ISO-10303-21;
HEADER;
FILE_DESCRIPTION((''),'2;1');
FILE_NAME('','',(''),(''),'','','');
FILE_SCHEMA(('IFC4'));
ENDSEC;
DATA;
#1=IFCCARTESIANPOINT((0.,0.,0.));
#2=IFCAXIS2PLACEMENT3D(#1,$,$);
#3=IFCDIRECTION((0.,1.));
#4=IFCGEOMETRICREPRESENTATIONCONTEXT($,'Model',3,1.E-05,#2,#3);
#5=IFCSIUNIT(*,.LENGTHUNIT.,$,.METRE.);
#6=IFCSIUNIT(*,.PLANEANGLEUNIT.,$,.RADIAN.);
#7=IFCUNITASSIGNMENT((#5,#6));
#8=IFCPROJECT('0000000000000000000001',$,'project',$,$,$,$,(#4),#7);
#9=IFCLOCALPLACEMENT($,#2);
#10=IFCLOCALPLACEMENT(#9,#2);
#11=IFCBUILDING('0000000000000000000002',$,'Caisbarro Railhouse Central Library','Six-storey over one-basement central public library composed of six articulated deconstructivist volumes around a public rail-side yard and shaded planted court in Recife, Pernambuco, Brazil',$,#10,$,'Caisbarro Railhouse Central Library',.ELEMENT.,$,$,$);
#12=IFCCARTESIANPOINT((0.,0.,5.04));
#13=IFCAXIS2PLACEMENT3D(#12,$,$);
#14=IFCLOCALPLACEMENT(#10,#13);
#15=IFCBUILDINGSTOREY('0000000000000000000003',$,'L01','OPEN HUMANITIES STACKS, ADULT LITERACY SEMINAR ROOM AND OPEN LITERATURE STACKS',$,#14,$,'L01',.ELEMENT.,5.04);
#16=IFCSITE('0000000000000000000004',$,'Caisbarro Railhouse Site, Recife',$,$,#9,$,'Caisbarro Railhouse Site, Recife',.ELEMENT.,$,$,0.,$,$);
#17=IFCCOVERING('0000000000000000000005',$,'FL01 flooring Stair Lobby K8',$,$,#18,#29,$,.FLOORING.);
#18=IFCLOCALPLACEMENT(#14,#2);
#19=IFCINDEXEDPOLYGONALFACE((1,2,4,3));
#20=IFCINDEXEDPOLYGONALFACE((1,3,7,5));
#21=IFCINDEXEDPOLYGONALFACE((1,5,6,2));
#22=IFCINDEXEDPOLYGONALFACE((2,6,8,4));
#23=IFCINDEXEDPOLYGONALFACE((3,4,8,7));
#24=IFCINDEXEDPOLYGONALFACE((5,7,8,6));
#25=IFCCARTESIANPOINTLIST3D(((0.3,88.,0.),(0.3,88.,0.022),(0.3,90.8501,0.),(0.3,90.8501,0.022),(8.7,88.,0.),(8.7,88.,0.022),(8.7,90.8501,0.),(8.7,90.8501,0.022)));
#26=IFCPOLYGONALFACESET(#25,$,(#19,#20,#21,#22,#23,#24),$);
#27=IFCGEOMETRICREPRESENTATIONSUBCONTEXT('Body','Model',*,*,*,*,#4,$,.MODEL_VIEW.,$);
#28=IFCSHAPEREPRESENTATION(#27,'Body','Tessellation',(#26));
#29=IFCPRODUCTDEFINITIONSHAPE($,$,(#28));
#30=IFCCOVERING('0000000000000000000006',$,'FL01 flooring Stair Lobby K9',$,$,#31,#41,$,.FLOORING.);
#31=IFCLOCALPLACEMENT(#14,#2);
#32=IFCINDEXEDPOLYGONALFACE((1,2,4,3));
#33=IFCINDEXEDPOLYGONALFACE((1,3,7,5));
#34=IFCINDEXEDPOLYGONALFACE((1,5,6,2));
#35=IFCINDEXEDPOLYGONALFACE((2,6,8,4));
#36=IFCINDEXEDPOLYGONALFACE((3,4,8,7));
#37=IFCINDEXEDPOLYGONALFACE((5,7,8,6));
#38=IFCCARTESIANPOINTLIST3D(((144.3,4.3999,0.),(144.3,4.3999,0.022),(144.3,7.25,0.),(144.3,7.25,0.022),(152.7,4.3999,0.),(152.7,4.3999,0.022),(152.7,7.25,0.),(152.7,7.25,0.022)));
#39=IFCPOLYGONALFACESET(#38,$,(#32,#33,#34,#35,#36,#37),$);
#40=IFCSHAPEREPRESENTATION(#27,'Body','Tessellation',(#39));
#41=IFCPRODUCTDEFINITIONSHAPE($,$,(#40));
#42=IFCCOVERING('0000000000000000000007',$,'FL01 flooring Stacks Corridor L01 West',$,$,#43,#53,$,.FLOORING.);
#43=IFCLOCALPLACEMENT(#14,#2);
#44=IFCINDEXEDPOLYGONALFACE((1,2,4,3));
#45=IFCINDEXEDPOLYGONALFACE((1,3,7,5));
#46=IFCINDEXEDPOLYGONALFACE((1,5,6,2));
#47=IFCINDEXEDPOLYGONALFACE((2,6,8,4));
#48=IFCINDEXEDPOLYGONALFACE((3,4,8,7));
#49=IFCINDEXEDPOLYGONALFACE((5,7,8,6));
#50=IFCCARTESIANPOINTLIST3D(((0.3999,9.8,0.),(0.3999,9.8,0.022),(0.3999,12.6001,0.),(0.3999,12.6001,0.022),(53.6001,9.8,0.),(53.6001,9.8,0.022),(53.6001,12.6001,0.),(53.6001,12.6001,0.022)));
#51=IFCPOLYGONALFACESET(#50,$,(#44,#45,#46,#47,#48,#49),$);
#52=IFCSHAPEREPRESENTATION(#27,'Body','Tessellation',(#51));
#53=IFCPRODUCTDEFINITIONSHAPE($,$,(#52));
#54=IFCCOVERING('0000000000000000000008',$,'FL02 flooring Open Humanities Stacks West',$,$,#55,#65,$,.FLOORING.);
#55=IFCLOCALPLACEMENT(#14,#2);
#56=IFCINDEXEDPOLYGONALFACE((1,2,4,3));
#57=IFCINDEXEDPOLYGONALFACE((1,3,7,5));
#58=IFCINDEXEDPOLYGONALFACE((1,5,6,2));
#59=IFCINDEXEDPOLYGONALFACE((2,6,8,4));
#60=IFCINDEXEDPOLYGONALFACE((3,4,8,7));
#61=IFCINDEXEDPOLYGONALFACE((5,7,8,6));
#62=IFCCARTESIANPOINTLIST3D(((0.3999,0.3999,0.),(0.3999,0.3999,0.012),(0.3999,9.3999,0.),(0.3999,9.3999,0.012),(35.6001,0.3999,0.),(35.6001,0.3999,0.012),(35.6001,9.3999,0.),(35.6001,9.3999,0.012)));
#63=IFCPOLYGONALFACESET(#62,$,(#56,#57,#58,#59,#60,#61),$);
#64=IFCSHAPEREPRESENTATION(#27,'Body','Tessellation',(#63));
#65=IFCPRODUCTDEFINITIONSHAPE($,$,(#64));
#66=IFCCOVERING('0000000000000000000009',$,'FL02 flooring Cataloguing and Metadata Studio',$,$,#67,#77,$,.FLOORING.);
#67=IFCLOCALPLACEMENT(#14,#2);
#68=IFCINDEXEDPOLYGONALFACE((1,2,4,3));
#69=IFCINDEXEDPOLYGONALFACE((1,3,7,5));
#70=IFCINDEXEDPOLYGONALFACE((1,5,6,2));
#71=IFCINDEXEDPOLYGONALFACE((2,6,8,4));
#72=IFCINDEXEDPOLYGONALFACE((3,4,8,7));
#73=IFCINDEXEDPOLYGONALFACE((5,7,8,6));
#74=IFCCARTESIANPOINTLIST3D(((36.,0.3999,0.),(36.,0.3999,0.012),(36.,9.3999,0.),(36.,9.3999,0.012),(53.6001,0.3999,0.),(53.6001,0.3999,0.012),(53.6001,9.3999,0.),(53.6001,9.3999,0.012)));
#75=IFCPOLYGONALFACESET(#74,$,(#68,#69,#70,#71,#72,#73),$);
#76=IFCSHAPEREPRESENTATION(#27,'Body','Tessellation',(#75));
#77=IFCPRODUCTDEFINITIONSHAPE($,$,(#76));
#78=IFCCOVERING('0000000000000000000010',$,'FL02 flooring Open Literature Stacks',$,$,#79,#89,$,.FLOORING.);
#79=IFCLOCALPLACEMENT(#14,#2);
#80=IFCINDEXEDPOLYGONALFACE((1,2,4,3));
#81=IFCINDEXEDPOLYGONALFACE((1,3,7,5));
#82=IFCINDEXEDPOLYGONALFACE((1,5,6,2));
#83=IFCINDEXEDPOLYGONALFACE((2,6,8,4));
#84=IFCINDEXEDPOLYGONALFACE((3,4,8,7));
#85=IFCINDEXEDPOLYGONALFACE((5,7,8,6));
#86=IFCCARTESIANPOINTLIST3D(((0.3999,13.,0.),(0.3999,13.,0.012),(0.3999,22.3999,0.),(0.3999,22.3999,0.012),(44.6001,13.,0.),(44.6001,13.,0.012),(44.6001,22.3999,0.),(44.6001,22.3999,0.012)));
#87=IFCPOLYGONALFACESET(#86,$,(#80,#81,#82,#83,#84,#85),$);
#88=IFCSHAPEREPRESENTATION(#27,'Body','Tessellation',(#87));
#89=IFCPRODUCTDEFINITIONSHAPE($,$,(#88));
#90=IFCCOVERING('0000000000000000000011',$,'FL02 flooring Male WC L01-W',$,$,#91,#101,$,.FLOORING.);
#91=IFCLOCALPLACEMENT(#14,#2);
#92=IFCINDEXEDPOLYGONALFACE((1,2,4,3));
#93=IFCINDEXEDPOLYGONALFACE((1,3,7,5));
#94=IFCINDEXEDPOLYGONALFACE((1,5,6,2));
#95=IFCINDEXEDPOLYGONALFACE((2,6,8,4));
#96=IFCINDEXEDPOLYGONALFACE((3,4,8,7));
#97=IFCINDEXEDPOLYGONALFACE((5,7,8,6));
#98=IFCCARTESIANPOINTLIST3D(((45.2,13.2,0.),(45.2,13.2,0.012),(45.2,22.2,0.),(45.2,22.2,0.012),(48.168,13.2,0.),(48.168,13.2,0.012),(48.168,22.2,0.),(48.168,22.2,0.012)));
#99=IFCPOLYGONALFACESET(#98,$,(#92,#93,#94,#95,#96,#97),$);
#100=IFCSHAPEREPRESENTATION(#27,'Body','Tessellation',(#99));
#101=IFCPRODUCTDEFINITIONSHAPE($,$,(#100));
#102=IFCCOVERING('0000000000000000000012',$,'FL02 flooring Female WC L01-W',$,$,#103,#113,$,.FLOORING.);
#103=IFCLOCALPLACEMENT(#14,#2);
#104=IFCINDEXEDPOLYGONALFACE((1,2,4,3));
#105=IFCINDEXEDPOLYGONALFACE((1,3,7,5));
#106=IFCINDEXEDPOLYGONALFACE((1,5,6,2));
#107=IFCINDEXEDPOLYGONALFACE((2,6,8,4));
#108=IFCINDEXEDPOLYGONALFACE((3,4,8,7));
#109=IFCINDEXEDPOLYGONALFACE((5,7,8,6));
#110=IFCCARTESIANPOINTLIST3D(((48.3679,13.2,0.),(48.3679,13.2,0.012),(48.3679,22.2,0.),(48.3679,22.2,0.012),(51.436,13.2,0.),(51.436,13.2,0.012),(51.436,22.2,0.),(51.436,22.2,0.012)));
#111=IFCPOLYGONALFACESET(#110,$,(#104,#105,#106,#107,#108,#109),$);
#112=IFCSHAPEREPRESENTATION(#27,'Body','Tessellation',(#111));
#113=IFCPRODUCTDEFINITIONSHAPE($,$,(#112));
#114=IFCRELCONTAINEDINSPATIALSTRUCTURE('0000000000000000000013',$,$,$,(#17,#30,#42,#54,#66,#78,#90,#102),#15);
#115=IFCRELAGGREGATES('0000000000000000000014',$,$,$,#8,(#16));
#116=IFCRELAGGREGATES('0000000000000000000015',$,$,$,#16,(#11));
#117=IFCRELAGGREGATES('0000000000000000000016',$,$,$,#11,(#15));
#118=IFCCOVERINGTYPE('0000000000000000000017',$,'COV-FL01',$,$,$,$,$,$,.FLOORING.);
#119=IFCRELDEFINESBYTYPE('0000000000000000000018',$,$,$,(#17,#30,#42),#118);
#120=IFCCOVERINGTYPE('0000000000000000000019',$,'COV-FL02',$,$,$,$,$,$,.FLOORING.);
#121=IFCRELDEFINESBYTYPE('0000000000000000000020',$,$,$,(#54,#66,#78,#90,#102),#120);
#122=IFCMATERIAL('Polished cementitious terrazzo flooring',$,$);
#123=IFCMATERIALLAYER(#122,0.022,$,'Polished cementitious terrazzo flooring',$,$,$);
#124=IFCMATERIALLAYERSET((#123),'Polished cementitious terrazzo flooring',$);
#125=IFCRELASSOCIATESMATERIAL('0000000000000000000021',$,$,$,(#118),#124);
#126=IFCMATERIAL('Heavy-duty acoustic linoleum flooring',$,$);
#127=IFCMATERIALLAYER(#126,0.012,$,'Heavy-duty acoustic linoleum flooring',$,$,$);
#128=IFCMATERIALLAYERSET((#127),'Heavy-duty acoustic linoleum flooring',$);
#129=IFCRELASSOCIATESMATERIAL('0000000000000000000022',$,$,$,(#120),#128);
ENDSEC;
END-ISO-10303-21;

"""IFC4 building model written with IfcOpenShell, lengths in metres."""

from ifc_helpers import new_model, si_unit, direction, frame, origin, place, context, subcontext, project, spatial, polyline, outline, extrude, material, layer, layer_set, type_object, element, save


model = new_model("IFC4")

# Units and contexts
model_context = context("Model", 3, precision=1e-05, world=origin(), true_north=direction((0.0, 1.0)))
body_context = subcontext(model_context, "Body", "Model", "MODEL_VIEW")
ifc_project = project(units=[si_unit("LENGTHUNIT", "METRE"), si_unit("PLANEANGLEUNIT", "RADIAN")], contexts=[model_context])

# Site, building, storey
site_placement = place(None, origin())
site = spatial("IfcSite", under=ifc_project, at=site_placement, Name="Caisbarro Railhouse Site, Recife", LongName="Caisbarro Railhouse Site, Recife", CompositionType="ELEMENT", RefElevation=0.0)
building_placement = place(site_placement, origin())
building = spatial("IfcBuilding", under=site, at=building_placement, Name="Caisbarro Railhouse Central Library", Description="Six-storey over one-basement central public library composed of six articulated deconstructivist volumes around a public rail-side yard and shaded planted court in Recife, Pernambuco, Brazil", LongName="Caisbarro Railhouse Central Library", CompositionType="ELEMENT")
storey_placement = place(building_placement, frame((0.0, 0.0, 5.04)))
storey = spatial("IfcBuildingStorey", under=building, at=storey_placement, Name="L01", Description="OPEN HUMANITIES STACKS, ADULT LITERACY SEMINAR ROOM AND OPEN LITERATURE STACKS", LongName="L01", CompositionType="ELEMENT", Elevation=5.04)

# Coverings
ifc_material_1 = material(Name="Polished cementitious terrazzo flooring")
ifc_layer_1 = layer(ifc_material_1, 0.022, Name="Polished cementitious terrazzo flooring")
ifc_layer_set_1 = layer_set([ifc_layer_1], Name="Polished cementitious terrazzo flooring")
covering_type_1 = type_object("IfcCoveringType", Name="COV-FL01", PredefinedType="FLOORING", material=ifc_layer_set_1)
covering_1_placement = place(storey_placement, origin())
element("IfcCovering", 1, at=covering_1_placement, inside=storey, type_object=covering_type_1, Name="FL01 flooring Stair Lobby K8", PredefinedType="FLOORING", context=body_context, shape_type="SweptSolid", body=[
    extrude(outline(polyline([(0.3, 88.0), (8.7, 88.0), (8.7, 90.8501), (0.3, 90.8501), (0.3, 88.0)])), origin(), (0.0, 0.0, 1.0), 0.022),
])
covering_2_placement = place(storey_placement, origin())
element("IfcCovering", 2, at=covering_2_placement, inside=storey, type_object=covering_type_1, Name="FL01 flooring Stair Lobby K9", PredefinedType="FLOORING", context=body_context, shape_type="SweptSolid", body=[
    extrude(outline(polyline([(144.3, 4.3999), (152.7, 4.3999), (152.7, 7.25), (144.3, 7.25), (144.3, 4.3999)])), origin(), (0.0, 0.0, 1.0), 0.022),
])
covering_3_placement = place(storey_placement, origin())
element("IfcCovering", 3, at=covering_3_placement, inside=storey, type_object=covering_type_1, Name="FL01 flooring Stacks Corridor L01 West", PredefinedType="FLOORING", context=body_context, shape_type="SweptSolid", body=[
    extrude(outline(polyline([(0.3999, 9.8), (53.6001, 9.8), (53.6001, 12.6001), (0.3999, 12.6001), (0.3999, 9.8)])), origin(), (0.0, 0.0, 1.0), 0.022),
])
ifc_material_2 = material(Name="Heavy-duty acoustic linoleum flooring")
ifc_layer_2 = layer(ifc_material_2, 0.012, Name="Heavy-duty acoustic linoleum flooring")
ifc_layer_set_2 = layer_set([ifc_layer_2], Name="Heavy-duty acoustic linoleum flooring")
covering_type_2 = type_object("IfcCoveringType", Name="COV-FL02", PredefinedType="FLOORING", material=ifc_layer_set_2)
covering_4_placement = place(storey_placement, origin())
element("IfcCovering", 4, at=covering_4_placement, inside=storey, type_object=covering_type_2, Name="FL02 flooring Open Humanities Stacks West", PredefinedType="FLOORING", context=body_context, shape_type="SweptSolid", body=[
    extrude(outline(polyline([(0.3999, 0.3999), (35.6001, 0.3999), (35.6001, 9.3999), (0.3999, 9.3999), (0.3999, 0.3999)])), origin(), (0.0, 0.0, 1.0), 0.012),
])
covering_5_placement = place(storey_placement, origin())
element("IfcCovering", 5, at=covering_5_placement, inside=storey, type_object=covering_type_2, Name="FL02 flooring Cataloguing and Metadata Studio", PredefinedType="FLOORING", context=body_context, shape_type="SweptSolid", body=[
    extrude(outline(polyline([(36.0, 0.3999), (53.6001, 0.3999), (53.6001, 9.3999), (36.0, 9.3999), (36.0, 0.3999)])), origin(), (0.0, 0.0, 1.0), 0.012),
])
covering_6_placement = place(storey_placement, origin())
element("IfcCovering", 6, at=covering_6_placement, inside=storey, type_object=covering_type_2, Name="FL02 flooring Open Literature Stacks", PredefinedType="FLOORING", context=body_context, shape_type="SweptSolid", body=[
    extrude(outline(polyline([(0.3999, 13.0), (44.6001, 13.0), (44.6001, 22.3999), (0.3999, 22.3999), (0.3999, 13.0)])), origin(), (0.0, 0.0, 1.0), 0.012),
])
covering_7_placement = place(storey_placement, origin())
element("IfcCovering", 7, at=covering_7_placement, inside=storey, type_object=covering_type_2, Name="FL02 flooring Male WC L01-W", PredefinedType="FLOORING", context=body_context, shape_type="SweptSolid", body=[
    extrude(outline(polyline([(45.2, 13.2), (48.168, 13.2), (48.168, 22.2), (45.2, 22.2), (45.2, 13.2)])), origin(), (0.0, 0.0, 1.0), 0.012),
])
covering_8_placement = place(storey_placement, origin())
element("IfcCovering", 8, at=covering_8_placement, inside=storey, type_object=covering_type_2, Name="FL02 flooring Female WC L01-W", PredefinedType="FLOORING", context=body_context, shape_type="SweptSolid", body=[
    extrude(outline(polyline([(48.3679, 13.2), (51.436, 13.2), (51.436, 22.2), (48.3679, 22.2), (48.3679, 13.2)])), origin(), (0.0, 0.0, 1.0), 0.012),
])

save(model, "model.ifc")
